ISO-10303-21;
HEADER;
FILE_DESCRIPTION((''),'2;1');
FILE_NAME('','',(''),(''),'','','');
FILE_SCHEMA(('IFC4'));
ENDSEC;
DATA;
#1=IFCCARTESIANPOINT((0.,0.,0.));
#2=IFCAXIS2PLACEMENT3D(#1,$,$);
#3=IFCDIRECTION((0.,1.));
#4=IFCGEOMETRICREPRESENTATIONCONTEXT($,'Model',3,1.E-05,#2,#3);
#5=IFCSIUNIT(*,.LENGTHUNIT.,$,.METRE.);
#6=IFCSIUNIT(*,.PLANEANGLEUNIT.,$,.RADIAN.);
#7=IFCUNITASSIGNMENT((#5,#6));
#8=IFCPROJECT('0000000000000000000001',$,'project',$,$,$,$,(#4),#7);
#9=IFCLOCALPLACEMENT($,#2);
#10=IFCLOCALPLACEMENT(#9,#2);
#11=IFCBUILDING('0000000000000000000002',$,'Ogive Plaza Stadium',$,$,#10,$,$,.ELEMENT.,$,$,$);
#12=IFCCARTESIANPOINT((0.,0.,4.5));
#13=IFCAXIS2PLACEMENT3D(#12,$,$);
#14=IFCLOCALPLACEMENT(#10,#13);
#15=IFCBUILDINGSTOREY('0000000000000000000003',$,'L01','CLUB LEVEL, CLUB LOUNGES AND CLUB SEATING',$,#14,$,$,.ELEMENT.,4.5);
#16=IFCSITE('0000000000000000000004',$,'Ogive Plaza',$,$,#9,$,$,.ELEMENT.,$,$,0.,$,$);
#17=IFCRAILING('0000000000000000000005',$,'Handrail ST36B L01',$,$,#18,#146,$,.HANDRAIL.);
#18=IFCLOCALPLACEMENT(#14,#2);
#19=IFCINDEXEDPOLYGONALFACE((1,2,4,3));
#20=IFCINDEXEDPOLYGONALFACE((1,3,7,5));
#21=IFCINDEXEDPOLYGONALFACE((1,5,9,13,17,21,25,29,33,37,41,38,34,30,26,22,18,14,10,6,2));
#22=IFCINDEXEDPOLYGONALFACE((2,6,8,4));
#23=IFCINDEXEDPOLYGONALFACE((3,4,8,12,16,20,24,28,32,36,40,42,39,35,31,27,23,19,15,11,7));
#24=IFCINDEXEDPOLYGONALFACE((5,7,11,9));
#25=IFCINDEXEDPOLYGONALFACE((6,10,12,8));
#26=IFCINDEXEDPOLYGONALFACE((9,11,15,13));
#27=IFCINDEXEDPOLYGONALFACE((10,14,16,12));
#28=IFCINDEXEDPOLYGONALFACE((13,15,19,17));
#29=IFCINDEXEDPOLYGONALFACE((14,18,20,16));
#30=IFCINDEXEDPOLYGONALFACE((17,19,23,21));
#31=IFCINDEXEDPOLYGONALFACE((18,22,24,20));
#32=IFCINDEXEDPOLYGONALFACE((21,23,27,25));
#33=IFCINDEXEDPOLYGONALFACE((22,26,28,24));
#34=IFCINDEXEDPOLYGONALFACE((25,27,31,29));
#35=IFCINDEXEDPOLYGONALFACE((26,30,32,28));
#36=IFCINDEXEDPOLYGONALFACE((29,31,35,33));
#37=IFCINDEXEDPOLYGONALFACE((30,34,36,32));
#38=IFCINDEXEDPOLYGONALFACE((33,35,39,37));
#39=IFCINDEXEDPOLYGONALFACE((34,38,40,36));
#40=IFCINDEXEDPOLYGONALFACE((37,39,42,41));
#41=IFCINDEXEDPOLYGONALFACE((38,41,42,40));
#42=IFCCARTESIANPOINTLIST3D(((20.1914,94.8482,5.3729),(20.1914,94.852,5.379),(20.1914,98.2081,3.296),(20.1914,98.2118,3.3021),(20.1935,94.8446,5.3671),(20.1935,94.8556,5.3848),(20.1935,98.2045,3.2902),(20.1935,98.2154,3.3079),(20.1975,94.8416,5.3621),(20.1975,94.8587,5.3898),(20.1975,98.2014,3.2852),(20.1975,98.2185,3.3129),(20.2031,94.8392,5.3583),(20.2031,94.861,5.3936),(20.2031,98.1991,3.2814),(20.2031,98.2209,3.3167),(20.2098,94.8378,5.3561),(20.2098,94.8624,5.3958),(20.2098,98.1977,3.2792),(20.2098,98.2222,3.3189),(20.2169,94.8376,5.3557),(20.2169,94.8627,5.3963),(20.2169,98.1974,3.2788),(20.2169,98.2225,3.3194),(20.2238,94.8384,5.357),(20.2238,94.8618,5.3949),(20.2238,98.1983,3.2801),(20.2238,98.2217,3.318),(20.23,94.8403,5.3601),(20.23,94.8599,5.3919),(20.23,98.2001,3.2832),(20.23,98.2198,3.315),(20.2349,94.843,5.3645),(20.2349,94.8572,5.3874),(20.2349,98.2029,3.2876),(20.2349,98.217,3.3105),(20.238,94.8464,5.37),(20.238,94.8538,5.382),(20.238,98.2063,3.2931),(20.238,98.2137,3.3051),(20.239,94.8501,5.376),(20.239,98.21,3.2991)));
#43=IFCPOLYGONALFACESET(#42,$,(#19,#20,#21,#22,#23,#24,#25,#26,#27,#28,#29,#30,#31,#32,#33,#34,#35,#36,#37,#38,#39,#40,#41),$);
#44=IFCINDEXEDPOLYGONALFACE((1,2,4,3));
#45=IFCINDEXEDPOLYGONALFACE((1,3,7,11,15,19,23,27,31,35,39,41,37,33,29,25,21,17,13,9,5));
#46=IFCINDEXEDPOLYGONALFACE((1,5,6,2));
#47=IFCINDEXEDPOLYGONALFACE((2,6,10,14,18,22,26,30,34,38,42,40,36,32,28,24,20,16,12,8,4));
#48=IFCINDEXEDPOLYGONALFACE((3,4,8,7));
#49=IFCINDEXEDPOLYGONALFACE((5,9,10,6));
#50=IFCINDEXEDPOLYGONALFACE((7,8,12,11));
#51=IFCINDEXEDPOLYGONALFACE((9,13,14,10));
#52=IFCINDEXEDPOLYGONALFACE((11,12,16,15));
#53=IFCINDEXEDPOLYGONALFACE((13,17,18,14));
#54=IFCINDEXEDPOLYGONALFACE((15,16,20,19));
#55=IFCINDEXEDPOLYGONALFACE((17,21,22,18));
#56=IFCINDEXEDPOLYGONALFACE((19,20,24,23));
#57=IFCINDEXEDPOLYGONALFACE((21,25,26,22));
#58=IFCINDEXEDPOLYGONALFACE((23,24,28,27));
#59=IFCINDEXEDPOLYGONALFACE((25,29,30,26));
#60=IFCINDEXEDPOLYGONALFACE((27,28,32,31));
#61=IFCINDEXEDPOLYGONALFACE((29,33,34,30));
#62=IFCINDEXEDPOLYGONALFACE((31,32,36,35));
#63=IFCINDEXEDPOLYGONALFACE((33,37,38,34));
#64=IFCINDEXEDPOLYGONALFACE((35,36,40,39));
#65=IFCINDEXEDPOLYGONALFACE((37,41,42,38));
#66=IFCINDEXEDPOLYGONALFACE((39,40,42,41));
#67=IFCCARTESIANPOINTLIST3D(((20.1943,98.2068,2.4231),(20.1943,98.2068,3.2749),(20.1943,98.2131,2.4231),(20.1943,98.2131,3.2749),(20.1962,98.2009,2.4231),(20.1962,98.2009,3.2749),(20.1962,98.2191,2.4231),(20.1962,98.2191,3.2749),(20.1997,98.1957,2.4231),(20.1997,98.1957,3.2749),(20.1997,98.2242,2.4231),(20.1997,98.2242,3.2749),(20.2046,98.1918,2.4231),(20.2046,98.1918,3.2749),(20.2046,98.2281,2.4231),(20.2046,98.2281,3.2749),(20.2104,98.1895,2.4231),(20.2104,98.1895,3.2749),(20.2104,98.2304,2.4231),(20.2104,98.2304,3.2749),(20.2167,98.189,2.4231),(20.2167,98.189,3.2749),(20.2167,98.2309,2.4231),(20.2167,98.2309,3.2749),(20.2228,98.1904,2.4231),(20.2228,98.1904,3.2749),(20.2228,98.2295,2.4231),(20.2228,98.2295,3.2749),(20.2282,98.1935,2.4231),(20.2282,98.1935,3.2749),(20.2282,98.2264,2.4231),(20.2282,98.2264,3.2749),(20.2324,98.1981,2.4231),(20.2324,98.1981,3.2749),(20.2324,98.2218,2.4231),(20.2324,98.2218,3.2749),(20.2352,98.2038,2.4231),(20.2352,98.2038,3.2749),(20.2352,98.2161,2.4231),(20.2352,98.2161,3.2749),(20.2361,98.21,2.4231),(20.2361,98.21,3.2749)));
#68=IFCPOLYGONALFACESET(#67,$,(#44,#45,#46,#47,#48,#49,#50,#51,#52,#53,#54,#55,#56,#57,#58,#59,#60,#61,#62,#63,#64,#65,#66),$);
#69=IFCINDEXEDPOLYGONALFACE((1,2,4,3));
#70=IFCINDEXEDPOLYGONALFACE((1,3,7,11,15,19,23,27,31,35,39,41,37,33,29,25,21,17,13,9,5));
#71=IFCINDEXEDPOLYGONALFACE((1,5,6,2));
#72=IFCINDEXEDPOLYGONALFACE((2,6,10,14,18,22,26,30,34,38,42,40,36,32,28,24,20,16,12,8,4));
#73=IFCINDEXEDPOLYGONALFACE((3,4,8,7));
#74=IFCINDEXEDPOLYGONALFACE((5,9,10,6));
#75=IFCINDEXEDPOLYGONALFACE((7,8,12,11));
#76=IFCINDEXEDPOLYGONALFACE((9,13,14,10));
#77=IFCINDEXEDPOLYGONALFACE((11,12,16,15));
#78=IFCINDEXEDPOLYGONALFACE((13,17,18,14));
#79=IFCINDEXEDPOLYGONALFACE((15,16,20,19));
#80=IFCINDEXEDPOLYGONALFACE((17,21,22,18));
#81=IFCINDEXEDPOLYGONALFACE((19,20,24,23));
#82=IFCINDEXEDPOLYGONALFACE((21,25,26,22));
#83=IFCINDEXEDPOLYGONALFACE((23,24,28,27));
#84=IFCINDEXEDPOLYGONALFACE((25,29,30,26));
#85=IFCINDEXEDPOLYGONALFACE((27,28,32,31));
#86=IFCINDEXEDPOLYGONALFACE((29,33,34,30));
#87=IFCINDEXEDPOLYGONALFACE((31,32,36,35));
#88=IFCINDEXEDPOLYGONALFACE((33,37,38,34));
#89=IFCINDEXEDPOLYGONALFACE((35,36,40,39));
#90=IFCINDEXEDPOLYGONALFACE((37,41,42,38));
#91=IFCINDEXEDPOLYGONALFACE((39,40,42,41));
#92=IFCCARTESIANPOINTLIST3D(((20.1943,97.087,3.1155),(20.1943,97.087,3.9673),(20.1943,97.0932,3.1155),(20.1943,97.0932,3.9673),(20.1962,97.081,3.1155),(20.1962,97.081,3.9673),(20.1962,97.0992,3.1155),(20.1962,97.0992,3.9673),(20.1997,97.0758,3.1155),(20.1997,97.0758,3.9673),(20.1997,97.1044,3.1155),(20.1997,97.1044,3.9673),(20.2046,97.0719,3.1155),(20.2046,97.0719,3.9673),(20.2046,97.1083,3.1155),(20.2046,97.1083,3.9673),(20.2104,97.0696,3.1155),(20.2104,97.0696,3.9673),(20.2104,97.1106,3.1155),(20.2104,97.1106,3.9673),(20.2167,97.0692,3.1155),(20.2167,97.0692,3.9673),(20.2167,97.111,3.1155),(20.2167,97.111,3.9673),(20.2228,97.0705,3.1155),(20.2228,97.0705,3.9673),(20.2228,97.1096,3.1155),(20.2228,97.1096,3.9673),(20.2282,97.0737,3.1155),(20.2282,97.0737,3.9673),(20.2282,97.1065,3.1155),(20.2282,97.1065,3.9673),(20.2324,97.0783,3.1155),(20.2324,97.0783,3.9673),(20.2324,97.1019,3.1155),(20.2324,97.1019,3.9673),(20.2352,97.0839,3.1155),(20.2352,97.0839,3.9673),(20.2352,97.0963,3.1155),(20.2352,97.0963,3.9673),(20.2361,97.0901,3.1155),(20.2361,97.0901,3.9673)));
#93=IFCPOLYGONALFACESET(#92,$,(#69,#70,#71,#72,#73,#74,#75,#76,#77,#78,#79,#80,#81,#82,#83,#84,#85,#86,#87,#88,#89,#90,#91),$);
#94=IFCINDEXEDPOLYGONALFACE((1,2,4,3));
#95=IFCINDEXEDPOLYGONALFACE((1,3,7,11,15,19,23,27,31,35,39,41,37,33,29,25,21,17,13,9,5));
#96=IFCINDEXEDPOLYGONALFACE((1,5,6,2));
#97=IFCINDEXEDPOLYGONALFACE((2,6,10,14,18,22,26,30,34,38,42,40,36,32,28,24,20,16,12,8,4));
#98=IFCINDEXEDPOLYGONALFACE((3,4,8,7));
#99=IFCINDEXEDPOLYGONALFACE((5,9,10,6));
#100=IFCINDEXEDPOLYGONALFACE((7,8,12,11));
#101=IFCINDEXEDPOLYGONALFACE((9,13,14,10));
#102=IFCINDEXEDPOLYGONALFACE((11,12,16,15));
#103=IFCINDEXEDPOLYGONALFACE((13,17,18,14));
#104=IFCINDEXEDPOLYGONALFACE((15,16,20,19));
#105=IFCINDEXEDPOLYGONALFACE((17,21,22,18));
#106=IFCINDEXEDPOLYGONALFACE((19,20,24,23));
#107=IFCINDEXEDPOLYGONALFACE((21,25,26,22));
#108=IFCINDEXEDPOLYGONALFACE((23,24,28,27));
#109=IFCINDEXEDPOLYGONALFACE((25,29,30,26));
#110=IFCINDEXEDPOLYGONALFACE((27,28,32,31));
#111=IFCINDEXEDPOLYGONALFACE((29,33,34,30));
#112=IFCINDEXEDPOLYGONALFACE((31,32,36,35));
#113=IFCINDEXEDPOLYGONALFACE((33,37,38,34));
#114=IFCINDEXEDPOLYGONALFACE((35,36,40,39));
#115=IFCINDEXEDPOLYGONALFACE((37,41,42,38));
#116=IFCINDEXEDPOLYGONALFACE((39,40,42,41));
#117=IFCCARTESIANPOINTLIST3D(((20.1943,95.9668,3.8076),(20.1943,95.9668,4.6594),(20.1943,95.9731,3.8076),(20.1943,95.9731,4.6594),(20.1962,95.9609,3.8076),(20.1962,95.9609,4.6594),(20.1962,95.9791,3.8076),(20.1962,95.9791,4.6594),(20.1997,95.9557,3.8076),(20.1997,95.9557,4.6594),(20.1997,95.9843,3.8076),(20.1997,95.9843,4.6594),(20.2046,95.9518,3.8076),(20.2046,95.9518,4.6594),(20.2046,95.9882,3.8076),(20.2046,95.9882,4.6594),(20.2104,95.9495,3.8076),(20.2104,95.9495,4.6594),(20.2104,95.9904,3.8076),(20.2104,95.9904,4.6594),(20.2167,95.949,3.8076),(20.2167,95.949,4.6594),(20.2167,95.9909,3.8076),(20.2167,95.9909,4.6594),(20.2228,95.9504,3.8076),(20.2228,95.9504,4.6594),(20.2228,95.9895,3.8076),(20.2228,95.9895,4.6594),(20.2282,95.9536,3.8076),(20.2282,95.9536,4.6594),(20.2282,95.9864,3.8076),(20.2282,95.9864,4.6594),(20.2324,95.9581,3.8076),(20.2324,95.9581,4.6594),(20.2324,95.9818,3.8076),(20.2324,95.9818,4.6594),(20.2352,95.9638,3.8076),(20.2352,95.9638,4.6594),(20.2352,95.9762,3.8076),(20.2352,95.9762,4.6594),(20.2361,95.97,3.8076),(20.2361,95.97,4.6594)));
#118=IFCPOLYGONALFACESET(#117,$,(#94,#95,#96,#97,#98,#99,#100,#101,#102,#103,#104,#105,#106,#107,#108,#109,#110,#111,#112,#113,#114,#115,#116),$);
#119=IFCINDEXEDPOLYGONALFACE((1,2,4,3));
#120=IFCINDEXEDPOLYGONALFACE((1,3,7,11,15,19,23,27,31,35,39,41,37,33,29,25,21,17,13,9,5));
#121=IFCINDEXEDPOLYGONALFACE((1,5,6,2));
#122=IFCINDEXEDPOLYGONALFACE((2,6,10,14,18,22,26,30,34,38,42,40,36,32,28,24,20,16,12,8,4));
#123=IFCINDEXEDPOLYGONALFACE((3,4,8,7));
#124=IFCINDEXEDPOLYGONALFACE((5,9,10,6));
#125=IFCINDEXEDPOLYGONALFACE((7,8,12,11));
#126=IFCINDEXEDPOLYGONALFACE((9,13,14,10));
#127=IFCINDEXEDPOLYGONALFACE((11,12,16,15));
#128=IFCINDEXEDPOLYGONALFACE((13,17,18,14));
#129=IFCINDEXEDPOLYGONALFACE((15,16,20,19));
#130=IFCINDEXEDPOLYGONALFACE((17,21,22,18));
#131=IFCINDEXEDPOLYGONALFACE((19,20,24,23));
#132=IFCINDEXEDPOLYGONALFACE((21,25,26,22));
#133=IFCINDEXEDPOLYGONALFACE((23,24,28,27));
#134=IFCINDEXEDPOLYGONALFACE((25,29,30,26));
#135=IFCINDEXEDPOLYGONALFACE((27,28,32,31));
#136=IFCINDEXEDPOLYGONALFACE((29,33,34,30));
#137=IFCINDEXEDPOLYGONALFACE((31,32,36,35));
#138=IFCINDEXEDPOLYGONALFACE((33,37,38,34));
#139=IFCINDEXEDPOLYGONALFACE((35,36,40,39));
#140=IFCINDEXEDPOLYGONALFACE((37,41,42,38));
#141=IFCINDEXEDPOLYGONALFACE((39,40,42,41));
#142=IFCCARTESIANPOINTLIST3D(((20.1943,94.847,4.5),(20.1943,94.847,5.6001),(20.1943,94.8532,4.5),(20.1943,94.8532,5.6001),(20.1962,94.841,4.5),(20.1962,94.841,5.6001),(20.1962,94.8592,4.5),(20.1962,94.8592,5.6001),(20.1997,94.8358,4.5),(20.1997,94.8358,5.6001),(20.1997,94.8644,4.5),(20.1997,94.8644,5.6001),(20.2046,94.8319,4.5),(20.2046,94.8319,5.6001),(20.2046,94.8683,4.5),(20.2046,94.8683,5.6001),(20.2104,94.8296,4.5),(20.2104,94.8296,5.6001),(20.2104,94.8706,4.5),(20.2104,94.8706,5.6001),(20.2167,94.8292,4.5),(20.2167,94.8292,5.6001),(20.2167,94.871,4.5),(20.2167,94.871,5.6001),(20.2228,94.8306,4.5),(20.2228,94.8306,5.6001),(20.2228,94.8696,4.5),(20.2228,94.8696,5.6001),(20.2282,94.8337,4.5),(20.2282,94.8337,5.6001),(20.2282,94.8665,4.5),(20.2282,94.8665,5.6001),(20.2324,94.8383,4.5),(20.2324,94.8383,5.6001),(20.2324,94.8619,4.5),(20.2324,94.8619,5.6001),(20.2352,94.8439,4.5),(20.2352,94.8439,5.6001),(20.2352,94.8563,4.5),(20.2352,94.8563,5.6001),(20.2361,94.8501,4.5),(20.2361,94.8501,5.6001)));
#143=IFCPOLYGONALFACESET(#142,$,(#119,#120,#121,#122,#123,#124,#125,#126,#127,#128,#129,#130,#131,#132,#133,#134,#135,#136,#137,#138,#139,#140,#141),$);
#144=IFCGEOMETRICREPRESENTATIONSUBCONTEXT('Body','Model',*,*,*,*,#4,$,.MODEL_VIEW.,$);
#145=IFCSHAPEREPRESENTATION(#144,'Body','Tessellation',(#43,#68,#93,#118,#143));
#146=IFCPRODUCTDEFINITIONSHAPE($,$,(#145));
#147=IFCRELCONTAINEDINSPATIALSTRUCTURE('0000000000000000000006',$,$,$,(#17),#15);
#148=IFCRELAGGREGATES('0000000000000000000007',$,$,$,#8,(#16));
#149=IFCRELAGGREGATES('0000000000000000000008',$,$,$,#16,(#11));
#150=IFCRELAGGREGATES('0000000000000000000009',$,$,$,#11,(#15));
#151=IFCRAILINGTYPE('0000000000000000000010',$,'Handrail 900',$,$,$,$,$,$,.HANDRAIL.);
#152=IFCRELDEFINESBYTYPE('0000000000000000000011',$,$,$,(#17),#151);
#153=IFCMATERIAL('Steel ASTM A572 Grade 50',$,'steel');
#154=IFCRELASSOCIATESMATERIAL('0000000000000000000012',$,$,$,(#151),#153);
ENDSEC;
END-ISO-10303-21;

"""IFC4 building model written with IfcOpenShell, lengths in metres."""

from ifc_helpers import new_model, si_unit, direction, frame, origin, origin_2d, place, context, subcontext, project, spatial, circle, extrude, material, type_object, element, save


model = new_model("IFC4")

# Units and contexts
model_context = context("Model", 3, precision=1e-05, world=origin(), true_north=direction((0.0, 1.0)))
body_context = subcontext(model_context, "Body", "Model", "MODEL_VIEW")
ifc_project = project(units=[si_unit("LENGTHUNIT", "METRE"), si_unit("PLANEANGLEUNIT", "RADIAN")], contexts=[model_context])

# Site, building, storey
site_placement = place(None, origin())
site = spatial("IfcSite", under=ifc_project, at=site_placement, Name="Ogive Plaza", CompositionType="ELEMENT", RefElevation=0.0)
building_placement = place(site_placement, origin())
building = spatial("IfcBuilding", under=site, at=building_placement, Name="Ogive Plaza Stadium", CompositionType="ELEMENT")
storey_placement = place(building_placement, frame((0.0, 0.0, 4.5)))
storey = spatial("IfcBuildingStorey", under=building, at=storey_placement, Name="L01", Description="CLUB LEVEL, CLUB LOUNGES AND CLUB SEATING", CompositionType="ELEMENT", Elevation=4.5)

# Railing
ifc_material_1 = material(Name="Steel ASTM A572 Grade 50", Category="steel")
railing_type_1 = type_object("IfcRailingType", Name="Handrail 900", PredefinedType="HANDRAIL", material=ifc_material_1)
for number, where, name in (
    (1, (20.2151, 98.21, 2.4231), "Handrail ST36B L01"),
):
    element("IfcRailing", number, at=place(storey_placement, frame(where)), inside=storey, type_object=railing_type_1, Name=name, PredefinedType="HANDRAIL", context=body_context, shape_type="SweptSolid", body=[
        extrude(circle(Radius=0.0239, at=origin_2d()), frame((0.0, 0.0, 0.876), z_axis=(0.0, -0.850606, 0.525803), x_axis=(1.0, 0.0, 0.0)), (0.0, 0.0, 1.0), 3.95),
        extrude(circle(Radius=0.021, at=origin_2d()), origin(), (0.0, 0.0, 1.0), 0.8518),
        extrude(circle(Radius=0.021, at=origin_2d()), frame((0.0, -1.1199, 0.6924)), (0.0, 0.0, 1.0), 0.8518),
        extrude(circle(Radius=0.021, at=origin_2d()), frame((0.0, -2.24, 1.3845)), (0.0, 0.0, 1.0), 0.8518),
        extrude(circle(Radius=0.021, at=origin_2d()), frame((0.0, -3.3599, 2.0769)), (0.0, 0.0, 1.0), 1.1001),
    ])

save(model, "model.ifc")
